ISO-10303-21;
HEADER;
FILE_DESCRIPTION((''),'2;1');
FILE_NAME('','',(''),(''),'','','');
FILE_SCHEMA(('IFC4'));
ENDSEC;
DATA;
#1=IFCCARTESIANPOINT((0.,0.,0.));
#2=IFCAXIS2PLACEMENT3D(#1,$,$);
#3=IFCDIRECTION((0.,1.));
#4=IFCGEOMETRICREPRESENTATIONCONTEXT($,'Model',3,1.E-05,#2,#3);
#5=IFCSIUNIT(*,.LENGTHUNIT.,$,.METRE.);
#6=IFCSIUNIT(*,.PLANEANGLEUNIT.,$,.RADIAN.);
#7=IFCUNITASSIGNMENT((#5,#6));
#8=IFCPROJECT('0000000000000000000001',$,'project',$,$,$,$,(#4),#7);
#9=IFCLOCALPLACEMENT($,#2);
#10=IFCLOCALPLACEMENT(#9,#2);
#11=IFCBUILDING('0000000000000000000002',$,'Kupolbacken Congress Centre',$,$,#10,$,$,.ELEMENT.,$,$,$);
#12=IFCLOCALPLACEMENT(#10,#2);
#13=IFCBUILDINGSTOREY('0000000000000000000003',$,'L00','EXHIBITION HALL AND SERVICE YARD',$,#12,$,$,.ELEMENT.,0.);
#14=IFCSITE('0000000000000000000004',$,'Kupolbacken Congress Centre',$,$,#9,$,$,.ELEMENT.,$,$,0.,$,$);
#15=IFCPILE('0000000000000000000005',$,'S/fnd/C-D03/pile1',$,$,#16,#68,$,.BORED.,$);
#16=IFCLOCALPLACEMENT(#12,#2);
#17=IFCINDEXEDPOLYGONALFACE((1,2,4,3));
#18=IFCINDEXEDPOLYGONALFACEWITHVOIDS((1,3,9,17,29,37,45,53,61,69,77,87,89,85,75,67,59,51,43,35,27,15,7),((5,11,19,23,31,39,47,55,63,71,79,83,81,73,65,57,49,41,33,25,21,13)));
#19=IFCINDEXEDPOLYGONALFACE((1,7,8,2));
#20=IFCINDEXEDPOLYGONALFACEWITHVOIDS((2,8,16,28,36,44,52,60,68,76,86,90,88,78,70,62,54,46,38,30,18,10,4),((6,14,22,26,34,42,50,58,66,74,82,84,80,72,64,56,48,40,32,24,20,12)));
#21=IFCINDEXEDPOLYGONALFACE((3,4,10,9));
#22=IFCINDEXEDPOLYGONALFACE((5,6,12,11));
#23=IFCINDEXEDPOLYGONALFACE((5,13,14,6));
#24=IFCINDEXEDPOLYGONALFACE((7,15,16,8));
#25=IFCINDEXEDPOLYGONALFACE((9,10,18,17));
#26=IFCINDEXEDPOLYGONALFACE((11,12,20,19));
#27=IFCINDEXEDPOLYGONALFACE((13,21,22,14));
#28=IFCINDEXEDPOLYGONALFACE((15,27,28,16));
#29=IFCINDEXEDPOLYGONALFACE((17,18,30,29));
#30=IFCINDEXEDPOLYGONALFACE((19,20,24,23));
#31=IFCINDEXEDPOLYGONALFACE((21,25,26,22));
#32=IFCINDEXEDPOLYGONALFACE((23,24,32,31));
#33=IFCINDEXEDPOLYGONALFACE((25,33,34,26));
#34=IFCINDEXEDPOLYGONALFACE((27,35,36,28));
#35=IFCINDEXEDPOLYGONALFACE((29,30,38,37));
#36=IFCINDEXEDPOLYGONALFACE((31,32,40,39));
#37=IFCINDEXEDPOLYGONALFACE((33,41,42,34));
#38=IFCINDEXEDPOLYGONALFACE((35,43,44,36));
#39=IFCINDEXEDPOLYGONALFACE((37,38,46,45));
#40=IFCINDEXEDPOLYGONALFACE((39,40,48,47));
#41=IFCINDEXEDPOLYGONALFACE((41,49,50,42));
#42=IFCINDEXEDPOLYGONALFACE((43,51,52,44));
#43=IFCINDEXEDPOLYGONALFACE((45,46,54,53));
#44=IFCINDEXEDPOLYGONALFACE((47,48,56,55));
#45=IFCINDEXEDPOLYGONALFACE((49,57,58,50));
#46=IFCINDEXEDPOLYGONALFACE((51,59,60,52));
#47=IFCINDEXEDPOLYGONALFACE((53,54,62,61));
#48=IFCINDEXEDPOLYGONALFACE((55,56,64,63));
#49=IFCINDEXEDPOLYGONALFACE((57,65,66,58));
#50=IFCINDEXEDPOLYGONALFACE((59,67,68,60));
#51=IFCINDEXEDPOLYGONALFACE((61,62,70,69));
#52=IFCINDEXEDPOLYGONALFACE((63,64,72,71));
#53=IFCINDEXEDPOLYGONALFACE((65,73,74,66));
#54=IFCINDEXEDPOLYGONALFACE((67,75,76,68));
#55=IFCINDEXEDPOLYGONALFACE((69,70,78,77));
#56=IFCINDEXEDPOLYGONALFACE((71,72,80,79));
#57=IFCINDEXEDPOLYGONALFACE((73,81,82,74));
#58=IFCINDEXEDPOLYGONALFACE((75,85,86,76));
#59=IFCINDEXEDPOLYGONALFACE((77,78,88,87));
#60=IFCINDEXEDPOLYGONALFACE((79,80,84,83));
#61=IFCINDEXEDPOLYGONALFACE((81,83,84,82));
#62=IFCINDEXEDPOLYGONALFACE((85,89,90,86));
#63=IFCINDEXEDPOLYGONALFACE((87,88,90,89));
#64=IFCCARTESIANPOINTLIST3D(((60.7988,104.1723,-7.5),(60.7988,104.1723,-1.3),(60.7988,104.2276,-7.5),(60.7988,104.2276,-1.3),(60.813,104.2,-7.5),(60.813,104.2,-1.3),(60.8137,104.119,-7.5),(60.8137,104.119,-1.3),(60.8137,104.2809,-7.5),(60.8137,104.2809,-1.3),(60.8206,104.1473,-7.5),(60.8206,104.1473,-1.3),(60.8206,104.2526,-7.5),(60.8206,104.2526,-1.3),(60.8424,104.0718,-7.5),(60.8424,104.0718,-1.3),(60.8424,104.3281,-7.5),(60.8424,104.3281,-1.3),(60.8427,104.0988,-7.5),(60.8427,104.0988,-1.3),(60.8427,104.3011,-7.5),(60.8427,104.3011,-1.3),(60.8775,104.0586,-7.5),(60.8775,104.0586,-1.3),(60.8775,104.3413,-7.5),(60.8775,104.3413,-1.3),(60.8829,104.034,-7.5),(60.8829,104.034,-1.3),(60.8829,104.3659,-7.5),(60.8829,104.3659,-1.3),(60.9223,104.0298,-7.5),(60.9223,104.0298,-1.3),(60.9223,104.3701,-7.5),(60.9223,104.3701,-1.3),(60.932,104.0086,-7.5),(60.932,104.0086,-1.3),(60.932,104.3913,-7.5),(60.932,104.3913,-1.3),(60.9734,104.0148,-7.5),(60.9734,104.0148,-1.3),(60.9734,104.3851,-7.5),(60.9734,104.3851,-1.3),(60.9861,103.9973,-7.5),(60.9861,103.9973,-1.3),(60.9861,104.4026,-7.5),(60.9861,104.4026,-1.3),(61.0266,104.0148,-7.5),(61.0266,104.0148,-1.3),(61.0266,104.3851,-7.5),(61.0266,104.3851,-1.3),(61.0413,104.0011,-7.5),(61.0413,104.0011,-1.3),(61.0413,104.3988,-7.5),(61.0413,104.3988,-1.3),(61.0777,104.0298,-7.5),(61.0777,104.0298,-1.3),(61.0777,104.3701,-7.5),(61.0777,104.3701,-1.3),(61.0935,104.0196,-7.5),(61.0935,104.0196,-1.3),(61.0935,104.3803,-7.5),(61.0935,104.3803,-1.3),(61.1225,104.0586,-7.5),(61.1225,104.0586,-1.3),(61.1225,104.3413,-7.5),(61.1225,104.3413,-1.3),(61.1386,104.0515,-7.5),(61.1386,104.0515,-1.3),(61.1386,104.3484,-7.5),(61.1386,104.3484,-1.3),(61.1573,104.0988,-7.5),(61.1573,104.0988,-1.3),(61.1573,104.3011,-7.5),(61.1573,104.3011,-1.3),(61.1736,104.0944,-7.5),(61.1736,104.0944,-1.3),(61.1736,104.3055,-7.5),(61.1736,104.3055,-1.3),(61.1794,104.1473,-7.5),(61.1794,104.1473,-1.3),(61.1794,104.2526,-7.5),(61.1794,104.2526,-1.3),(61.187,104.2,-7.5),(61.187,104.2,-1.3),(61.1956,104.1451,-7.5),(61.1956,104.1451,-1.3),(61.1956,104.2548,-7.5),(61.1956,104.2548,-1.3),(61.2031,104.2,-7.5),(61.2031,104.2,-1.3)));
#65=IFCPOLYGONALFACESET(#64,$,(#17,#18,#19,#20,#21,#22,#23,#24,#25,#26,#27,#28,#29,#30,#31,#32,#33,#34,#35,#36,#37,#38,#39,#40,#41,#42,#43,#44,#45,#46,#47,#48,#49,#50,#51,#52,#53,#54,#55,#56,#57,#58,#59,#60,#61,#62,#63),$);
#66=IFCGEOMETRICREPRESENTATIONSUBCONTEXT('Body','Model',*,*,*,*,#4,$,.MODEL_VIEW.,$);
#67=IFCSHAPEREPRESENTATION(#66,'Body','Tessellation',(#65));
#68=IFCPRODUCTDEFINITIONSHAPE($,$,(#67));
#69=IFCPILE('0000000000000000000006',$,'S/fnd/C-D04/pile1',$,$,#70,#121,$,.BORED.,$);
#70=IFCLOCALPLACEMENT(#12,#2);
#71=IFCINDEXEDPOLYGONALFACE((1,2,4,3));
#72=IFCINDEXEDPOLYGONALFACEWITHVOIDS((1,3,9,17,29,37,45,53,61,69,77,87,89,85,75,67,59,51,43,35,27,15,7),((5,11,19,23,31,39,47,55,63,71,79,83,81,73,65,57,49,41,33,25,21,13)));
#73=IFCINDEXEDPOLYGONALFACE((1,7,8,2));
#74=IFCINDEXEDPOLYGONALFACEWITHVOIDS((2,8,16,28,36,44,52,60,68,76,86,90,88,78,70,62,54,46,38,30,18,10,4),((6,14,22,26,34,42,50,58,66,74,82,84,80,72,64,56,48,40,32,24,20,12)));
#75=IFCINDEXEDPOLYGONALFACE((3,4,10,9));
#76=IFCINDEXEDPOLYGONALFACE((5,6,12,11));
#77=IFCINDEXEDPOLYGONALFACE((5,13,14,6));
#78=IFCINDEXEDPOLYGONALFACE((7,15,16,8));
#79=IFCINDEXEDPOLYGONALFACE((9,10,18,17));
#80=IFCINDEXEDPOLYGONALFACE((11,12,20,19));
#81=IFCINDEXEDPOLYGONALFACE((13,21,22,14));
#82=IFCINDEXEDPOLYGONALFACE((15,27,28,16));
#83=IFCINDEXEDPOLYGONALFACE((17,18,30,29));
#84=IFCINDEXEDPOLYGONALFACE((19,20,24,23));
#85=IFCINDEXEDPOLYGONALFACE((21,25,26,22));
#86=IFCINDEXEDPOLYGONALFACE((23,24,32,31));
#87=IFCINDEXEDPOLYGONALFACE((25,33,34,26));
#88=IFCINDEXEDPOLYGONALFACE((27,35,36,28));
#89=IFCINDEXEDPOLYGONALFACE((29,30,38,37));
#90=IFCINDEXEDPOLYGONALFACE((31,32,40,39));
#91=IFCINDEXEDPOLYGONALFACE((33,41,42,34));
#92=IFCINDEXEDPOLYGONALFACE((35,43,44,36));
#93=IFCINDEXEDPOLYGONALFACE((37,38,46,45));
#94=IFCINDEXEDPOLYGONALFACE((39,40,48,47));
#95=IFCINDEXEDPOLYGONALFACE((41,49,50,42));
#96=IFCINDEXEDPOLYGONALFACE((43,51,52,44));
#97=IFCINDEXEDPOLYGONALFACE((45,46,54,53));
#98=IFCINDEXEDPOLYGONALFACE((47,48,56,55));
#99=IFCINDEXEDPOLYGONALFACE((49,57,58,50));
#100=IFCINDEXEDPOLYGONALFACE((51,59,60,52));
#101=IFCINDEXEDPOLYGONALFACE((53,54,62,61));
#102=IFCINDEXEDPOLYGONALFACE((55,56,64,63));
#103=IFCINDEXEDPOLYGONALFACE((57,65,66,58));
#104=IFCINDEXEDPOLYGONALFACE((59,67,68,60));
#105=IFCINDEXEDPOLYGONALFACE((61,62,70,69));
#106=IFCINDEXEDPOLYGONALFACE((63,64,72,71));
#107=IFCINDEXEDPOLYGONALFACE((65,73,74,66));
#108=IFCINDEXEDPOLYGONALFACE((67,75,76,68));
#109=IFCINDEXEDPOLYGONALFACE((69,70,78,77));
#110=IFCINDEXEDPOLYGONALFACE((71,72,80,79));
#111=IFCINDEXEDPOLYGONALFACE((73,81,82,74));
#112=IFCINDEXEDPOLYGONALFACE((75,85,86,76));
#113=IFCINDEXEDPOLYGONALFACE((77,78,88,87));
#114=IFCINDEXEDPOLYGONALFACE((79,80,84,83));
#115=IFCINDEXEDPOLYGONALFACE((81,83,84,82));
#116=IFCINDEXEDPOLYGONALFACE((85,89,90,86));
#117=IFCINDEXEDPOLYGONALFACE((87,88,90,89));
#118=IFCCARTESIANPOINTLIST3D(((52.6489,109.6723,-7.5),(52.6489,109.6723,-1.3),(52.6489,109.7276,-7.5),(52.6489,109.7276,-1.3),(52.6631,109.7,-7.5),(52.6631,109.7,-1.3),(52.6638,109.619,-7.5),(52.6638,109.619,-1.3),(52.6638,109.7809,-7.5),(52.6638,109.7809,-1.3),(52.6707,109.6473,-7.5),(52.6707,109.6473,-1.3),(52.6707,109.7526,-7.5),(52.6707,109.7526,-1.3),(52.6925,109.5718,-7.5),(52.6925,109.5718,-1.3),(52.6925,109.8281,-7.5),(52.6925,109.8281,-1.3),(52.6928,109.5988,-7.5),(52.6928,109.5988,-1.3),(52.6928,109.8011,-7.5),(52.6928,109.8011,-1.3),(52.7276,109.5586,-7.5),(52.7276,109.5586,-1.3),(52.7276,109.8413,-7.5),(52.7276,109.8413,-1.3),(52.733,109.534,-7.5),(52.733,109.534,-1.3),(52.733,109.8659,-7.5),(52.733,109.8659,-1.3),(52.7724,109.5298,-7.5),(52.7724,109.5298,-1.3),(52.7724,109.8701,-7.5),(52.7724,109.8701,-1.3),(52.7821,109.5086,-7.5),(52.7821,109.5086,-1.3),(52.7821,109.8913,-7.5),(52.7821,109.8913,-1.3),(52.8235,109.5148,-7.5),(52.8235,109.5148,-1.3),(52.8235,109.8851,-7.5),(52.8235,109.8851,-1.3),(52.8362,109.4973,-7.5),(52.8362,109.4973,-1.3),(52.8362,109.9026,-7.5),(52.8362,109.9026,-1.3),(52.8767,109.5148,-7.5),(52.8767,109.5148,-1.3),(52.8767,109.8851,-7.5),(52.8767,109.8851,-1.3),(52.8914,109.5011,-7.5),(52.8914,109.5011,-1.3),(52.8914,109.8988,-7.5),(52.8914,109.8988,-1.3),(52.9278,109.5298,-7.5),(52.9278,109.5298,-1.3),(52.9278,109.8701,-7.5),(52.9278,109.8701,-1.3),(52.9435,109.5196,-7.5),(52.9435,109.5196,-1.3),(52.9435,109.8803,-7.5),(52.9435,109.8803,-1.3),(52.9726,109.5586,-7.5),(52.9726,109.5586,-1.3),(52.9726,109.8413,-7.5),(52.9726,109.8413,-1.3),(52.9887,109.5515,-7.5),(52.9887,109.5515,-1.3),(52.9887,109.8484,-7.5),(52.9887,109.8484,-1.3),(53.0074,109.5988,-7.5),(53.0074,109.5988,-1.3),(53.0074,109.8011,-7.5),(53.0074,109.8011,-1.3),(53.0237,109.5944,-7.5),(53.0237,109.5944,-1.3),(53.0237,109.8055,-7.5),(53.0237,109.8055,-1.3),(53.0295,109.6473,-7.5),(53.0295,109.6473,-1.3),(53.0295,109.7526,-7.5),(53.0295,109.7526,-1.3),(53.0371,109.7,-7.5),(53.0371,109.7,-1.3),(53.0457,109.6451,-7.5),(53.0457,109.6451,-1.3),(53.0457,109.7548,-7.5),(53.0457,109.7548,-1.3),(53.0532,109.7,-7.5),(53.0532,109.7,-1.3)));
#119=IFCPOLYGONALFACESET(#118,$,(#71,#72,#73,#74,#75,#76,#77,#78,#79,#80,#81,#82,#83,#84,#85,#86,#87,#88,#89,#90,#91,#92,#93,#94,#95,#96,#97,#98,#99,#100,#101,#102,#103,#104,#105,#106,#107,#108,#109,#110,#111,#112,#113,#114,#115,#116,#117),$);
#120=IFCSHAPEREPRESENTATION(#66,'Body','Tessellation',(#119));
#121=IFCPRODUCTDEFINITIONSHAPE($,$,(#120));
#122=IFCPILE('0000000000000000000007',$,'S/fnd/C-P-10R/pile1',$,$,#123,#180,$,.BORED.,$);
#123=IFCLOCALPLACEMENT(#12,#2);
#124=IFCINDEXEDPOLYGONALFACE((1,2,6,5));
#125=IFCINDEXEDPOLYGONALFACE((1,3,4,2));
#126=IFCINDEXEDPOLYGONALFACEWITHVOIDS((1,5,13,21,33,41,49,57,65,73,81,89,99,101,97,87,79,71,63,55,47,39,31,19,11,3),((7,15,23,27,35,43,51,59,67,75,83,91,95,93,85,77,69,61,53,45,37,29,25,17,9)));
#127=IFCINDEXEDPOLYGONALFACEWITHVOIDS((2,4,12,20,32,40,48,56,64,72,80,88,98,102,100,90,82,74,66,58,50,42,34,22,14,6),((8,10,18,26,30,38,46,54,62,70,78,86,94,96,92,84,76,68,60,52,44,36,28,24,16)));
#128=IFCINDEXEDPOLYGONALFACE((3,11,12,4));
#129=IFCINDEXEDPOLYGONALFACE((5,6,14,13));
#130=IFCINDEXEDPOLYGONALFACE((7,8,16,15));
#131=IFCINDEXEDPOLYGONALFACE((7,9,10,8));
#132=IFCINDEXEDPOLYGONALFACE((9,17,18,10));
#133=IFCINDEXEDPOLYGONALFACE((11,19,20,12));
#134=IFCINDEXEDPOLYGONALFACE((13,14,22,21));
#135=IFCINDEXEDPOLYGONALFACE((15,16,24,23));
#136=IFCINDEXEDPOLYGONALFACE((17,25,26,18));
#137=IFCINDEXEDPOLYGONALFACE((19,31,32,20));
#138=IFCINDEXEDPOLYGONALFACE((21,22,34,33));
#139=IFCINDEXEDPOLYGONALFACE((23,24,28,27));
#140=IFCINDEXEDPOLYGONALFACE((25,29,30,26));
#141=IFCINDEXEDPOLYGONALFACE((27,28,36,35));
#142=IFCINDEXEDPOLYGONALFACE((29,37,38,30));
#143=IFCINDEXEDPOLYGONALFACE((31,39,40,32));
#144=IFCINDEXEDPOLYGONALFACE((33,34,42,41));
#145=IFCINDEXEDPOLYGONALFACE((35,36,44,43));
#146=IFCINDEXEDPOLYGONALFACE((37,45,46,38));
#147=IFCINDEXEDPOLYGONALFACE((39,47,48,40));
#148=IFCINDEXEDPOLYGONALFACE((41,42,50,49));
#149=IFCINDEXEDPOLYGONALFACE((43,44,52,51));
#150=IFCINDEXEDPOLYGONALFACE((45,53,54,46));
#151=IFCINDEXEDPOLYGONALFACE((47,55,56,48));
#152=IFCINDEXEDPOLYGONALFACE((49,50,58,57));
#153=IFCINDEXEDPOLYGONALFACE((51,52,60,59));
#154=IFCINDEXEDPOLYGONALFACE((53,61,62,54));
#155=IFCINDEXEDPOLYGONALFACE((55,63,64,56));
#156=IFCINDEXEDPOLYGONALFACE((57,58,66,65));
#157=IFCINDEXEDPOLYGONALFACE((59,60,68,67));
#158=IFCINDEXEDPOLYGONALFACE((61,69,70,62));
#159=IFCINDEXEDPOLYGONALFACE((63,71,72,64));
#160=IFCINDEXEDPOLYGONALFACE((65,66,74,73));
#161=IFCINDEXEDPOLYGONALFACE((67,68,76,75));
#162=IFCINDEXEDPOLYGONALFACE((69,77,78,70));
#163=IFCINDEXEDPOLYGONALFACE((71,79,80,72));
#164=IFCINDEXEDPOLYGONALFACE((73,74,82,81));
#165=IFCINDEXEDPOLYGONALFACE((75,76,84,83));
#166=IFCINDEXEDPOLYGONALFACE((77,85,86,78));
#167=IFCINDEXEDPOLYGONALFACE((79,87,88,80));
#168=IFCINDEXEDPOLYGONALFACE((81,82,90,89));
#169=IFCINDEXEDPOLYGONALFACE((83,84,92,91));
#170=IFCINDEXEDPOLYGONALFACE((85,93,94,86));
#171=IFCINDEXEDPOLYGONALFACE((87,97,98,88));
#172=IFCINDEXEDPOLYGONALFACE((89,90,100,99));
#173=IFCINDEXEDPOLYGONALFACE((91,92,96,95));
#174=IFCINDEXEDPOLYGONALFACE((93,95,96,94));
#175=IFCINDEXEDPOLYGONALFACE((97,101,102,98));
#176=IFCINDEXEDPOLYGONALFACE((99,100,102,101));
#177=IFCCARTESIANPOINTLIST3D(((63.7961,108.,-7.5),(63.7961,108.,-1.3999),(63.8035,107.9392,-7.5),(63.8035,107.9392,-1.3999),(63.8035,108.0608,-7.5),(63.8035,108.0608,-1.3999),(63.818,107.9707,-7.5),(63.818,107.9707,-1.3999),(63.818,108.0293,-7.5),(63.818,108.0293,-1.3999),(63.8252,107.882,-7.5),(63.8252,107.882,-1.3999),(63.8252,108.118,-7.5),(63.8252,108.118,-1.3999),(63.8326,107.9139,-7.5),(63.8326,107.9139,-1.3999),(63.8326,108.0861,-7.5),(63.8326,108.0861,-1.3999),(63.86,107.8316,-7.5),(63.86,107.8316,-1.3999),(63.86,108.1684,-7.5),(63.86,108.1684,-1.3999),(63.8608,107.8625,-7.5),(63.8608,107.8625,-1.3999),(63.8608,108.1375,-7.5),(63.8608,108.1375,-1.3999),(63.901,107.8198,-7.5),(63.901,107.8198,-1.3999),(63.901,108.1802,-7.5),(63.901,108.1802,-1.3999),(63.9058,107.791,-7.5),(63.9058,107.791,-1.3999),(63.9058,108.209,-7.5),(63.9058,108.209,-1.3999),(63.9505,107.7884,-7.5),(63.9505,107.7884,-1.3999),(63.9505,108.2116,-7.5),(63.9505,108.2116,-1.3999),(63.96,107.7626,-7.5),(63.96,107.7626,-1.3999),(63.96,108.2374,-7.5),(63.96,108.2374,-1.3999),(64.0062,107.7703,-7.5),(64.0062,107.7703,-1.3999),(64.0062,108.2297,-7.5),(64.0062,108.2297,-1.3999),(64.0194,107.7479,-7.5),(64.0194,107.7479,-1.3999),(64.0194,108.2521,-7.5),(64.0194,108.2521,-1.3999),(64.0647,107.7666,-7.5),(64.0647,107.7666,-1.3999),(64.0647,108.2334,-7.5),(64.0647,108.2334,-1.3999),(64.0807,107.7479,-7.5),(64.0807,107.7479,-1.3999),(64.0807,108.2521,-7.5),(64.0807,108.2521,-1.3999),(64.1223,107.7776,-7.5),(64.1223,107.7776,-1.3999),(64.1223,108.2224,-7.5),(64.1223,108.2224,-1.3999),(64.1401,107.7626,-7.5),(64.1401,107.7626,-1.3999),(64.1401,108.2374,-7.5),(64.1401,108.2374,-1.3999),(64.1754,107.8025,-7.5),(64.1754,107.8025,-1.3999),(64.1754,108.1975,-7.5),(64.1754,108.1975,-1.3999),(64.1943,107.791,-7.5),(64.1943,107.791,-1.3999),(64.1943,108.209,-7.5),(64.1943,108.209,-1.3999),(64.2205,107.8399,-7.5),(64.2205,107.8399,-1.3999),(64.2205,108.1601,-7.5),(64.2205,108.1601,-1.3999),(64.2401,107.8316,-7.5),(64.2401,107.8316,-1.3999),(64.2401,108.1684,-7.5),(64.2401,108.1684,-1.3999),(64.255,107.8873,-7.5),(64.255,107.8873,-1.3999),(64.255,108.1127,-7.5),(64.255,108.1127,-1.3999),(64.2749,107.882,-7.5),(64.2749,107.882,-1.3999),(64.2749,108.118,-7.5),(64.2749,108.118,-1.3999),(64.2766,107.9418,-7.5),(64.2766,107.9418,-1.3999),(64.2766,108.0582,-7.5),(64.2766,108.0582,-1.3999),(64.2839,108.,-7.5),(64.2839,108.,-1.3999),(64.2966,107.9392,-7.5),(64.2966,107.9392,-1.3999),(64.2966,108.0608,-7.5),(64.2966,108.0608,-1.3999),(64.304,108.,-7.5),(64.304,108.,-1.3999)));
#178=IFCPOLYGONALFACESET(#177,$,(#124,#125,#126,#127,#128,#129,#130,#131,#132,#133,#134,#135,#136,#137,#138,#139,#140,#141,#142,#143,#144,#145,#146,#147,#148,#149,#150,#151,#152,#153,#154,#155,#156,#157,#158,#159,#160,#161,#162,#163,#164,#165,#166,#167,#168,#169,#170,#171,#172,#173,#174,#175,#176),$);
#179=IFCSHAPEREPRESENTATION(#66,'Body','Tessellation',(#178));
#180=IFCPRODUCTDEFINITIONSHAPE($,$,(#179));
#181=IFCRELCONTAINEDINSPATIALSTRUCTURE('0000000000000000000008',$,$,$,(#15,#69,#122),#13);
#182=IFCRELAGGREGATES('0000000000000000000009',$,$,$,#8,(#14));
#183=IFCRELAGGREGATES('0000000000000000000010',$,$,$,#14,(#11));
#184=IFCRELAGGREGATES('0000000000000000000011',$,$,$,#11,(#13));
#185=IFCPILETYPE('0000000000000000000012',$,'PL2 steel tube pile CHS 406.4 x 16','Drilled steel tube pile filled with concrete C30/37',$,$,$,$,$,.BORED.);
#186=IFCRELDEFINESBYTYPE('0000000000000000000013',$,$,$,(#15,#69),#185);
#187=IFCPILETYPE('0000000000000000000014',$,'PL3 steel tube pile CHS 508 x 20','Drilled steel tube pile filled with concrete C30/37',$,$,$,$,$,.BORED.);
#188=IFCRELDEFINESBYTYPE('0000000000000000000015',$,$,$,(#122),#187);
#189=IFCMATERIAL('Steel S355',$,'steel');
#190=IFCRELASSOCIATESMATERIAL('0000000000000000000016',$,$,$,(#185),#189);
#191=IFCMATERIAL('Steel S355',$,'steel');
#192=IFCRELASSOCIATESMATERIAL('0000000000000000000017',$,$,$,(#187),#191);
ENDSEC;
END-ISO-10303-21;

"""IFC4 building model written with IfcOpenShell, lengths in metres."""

from ifc_helpers import new_model, si_unit, direction, frame, origin, origin_2d, place, context, subcontext, project, spatial, hollow_circle, extrude, material, material_profile, profile_set, type_object, element, save


model = new_model("IFC4")

# Units and contexts
model_context = context("Model", 3, precision=1e-05, world=origin(), true_north=direction((0.0, 1.0)))
body_context = subcontext(model_context, "Body", "Model", "MODEL_VIEW")
ifc_project = project(units=[si_unit("LENGTHUNIT", "METRE"), si_unit("PLANEANGLEUNIT", "RADIAN")], contexts=[model_context])

# Site, building, storey
site_placement = place(None, origin())
site = spatial("IfcSite", under=ifc_project, at=site_placement, Name="Kupolbacken Congress Centre", CompositionType="ELEMENT", RefElevation=0.0)
building_placement = place(site_placement, origin())
building = spatial("IfcBuilding", under=site, at=building_placement, Name="Kupolbacken Congress Centre", CompositionType="ELEMENT")
storey_placement = place(building_placement, origin())
storey = spatial("IfcBuildingStorey", under=building, at=storey_placement, Name="L00", Description="EXHIBITION HALL AND SERVICE YARD", CompositionType="ELEMENT", Elevation=0.0)

# Piles
ifc_material_1 = material(Name="Steel S355", Category="steel")
ifc_material_profile_1 = material_profile(ifc_material_1, hollow_circle(Radius=0.2031, WallThickness=0.0161, at=origin_2d()), Name="CHS 406.4 x 16")
ifc_profile_set_1 = profile_set([ifc_material_profile_1], Name="Steel S355")
pile_type_1 = type_object("IfcPileType", Name="PL2 steel tube pile CHS 406.4 x 16", Description="Drilled steel tube pile filled with concrete C30/37", PredefinedType="BORED", material=ifc_profile_set_1)
for number, where, z_axis, x_axis, name in (
    (1, (61.0, 104.2, -1.3), (0.0, 0.0, -1.0), (1.0, 0.0, 0.0), "S/fnd/C-D03/pile1"),
    (2, (52.8501, 109.7, -1.3), (0.0, 0.0, -1.0), (1.0, 0.0, 0.0), "S/fnd/C-D04/pile1"),
):
    element("IfcPile", number, at=place(storey_placement, frame(where, z_axis=z_axis, x_axis=x_axis)), inside=storey, type_object=pile_type_1, Name=name, PredefinedType="BORED", context=body_context, shape_type="SweptSolid", body=[
        extrude(hollow_circle(Radius=0.2031, WallThickness=0.0161, at=origin_2d()), origin(), (0.0, 0.0, 1.0), 6.2),
    ])
ifc_material_2 = material(Name="Steel S355", Category="steel")
ifc_material_profile_2 = material_profile(ifc_material_2, hollow_circle(Radius=0.2539, WallThickness=0.02, at=origin_2d()), Name="CHS 508 x 20")
ifc_profile_set_2 = profile_set([ifc_material_profile_2], Name="Steel S355")
pile_type_2 = type_object("IfcPileType", Name="PL3 steel tube pile CHS 508 x 20", Description="Drilled steel tube pile filled with concrete C30/37", PredefinedType="BORED", material=ifc_profile_set_2)
pile_placement = place(storey_placement, frame((64.05, 108.0, -1.3999), z_axis=(0.0, 0.0, -1.0), x_axis=(1.0, 0.0, 0.0)))
element("IfcPile", 3, at=pile_placement, inside=storey, type_object=pile_type_2, Name="S/fnd/C-P-10R/pile1", PredefinedType="BORED", context=body_context, shape_type="SweptSolid", body=[
    extrude(hollow_circle(Radius=0.2539, WallThickness=0.02, at=origin_2d()), origin(), (0.0, 0.0, 1.0), 6.1001),
])

save(model, "model.ifc")
